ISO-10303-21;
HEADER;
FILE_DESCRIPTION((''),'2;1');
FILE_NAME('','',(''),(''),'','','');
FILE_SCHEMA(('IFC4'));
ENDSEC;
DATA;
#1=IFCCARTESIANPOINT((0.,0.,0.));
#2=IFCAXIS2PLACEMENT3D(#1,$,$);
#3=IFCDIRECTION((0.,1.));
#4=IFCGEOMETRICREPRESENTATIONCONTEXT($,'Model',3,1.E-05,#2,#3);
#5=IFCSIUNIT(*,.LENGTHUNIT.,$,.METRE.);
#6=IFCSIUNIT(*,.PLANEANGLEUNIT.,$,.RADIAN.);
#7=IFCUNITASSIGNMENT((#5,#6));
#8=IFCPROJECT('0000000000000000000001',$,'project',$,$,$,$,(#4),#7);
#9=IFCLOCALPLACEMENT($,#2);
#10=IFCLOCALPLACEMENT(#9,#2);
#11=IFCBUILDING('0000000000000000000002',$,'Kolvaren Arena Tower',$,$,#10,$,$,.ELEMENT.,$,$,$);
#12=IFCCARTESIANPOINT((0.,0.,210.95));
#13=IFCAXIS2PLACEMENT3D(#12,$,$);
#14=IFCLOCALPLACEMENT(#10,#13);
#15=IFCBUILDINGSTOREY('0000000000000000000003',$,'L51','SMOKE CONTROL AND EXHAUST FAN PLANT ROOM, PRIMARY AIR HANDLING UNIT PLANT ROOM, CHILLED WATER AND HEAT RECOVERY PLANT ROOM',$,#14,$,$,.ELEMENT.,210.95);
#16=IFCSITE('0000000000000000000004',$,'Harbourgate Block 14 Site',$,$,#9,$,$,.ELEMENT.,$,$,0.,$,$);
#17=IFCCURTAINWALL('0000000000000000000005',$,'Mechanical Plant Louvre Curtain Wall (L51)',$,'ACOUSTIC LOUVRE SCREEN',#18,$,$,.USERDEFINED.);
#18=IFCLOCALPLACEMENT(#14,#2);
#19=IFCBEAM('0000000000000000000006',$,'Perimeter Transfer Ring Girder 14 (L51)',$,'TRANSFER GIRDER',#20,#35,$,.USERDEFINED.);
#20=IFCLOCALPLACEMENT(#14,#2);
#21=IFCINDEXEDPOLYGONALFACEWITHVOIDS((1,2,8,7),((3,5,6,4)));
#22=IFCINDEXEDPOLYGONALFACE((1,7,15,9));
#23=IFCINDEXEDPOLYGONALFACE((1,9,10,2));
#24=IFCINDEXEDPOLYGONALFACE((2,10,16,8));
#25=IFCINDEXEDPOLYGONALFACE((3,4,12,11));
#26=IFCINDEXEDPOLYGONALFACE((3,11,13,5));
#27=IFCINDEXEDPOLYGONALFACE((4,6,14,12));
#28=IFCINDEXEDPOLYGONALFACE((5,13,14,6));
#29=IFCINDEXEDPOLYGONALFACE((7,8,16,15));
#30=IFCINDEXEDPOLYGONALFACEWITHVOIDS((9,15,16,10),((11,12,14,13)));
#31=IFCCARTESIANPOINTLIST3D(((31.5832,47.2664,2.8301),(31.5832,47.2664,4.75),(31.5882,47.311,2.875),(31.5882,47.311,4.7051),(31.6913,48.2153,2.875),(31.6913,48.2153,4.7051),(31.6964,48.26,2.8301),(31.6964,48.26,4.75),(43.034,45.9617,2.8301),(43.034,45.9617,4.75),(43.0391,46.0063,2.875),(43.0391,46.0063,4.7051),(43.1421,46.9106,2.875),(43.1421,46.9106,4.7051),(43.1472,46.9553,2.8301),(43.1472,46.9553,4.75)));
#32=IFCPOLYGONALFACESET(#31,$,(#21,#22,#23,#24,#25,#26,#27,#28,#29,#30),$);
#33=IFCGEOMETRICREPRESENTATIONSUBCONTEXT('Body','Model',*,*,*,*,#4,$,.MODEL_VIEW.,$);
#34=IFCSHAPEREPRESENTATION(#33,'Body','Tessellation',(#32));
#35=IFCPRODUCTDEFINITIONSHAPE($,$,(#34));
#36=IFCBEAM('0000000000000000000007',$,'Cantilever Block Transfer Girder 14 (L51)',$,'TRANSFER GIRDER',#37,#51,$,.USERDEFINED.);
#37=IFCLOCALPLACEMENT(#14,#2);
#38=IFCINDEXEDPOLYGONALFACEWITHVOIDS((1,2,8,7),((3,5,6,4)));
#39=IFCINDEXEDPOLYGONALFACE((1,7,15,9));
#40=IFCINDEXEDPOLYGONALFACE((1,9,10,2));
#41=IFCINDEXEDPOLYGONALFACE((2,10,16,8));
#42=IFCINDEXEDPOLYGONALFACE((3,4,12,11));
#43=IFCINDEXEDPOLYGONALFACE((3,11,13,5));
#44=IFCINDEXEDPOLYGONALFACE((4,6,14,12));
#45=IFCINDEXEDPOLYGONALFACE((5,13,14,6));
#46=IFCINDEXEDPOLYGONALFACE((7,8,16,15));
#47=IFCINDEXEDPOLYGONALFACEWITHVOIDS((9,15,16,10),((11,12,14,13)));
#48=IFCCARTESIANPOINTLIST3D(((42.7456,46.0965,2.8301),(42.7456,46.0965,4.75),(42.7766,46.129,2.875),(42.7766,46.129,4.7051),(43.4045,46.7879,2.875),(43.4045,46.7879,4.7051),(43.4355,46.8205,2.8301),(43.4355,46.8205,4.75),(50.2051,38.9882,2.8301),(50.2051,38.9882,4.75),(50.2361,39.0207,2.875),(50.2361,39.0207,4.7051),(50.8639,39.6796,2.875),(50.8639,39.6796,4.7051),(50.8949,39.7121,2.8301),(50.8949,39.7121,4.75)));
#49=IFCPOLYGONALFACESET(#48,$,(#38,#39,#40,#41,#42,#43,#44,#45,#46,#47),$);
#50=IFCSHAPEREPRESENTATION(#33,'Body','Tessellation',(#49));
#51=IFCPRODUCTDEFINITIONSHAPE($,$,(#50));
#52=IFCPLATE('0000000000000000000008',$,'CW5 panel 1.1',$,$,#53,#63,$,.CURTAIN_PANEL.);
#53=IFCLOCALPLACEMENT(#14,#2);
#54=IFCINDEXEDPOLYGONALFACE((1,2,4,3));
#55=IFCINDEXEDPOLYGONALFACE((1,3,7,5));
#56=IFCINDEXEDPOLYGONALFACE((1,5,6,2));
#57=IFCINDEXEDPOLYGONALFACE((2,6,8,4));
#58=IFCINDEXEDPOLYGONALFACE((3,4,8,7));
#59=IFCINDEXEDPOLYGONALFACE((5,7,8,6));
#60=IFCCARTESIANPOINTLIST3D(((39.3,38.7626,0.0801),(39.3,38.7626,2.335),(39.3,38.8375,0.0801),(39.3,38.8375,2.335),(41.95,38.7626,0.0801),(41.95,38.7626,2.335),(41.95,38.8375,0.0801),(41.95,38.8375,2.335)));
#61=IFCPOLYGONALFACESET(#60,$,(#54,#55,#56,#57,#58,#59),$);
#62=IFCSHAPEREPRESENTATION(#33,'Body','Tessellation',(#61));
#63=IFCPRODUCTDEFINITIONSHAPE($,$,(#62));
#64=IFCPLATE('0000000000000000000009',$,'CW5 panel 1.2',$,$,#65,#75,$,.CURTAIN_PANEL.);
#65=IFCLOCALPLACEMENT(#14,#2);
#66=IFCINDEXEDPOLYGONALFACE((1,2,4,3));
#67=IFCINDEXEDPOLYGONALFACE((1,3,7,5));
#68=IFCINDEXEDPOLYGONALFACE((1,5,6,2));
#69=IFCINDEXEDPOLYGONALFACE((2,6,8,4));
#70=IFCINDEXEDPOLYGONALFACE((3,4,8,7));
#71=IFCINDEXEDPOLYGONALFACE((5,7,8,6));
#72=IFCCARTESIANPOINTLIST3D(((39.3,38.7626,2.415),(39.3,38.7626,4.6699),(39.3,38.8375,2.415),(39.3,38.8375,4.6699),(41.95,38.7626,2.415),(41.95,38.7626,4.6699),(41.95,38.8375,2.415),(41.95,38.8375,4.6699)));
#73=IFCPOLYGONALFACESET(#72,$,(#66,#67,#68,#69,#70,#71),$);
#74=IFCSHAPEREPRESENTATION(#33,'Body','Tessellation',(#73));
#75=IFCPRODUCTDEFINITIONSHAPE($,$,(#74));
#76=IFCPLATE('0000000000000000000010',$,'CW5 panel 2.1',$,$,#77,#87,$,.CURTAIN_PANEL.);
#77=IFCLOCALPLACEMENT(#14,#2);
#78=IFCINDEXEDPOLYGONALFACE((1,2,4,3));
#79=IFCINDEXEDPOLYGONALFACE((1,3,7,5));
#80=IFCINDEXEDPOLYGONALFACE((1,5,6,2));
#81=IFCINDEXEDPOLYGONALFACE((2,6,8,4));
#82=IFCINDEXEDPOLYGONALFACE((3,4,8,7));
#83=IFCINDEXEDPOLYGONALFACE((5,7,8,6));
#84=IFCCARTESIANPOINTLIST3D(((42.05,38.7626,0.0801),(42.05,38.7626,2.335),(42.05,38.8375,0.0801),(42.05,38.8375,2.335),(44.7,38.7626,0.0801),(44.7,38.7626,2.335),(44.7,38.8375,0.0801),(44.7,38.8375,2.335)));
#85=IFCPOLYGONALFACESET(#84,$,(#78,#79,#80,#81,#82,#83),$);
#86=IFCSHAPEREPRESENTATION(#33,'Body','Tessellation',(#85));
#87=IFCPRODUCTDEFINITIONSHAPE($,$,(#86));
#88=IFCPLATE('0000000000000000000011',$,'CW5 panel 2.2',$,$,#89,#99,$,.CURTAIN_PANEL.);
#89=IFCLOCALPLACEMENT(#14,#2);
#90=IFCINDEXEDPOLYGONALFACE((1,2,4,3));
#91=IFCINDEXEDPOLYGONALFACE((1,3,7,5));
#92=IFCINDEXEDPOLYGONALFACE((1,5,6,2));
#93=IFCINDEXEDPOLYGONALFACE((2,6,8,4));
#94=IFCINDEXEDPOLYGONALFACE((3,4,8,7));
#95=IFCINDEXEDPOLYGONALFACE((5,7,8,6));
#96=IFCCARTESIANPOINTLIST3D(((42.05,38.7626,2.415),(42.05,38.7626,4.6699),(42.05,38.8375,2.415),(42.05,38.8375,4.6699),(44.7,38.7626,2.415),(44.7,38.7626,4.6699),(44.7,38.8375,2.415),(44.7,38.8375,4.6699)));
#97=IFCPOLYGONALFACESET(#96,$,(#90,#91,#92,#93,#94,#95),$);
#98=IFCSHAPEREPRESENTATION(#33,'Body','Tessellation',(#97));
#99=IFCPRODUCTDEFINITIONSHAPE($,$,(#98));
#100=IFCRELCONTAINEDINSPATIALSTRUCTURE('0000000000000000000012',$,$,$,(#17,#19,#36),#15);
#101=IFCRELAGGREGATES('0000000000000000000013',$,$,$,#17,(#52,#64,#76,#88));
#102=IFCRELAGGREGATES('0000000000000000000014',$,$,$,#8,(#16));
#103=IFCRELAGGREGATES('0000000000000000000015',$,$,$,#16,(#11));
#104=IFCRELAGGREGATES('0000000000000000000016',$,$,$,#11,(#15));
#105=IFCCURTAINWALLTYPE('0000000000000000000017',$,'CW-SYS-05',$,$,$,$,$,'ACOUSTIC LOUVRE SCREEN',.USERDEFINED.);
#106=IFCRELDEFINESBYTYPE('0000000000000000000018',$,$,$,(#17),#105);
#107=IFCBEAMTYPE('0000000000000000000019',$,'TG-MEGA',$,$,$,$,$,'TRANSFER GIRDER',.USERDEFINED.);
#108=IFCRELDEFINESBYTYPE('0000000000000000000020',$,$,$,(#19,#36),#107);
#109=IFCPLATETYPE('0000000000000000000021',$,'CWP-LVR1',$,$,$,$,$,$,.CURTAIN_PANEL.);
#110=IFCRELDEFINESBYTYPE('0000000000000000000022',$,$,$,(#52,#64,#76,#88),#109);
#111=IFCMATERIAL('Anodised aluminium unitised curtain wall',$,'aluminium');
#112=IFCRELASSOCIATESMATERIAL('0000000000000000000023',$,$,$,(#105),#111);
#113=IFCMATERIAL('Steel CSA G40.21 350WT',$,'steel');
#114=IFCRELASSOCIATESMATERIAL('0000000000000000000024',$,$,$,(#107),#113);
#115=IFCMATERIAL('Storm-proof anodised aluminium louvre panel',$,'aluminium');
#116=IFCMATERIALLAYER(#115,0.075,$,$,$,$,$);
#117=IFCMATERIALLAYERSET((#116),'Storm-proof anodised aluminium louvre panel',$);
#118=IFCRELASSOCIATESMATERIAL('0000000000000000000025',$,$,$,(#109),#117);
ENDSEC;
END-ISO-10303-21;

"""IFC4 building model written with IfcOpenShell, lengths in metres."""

from ifc_helpers import new_model, si_unit, direction, frame, origin, origin_2d, place, context, subcontext, project, spatial, rectangle, hollow_rectangle, extrude, material, layer, layer_set, material_profile, profile_set, type_object, element, aggregate, save


model = new_model("IFC4")

# Units and contexts
model_context = context("Model", 3, precision=1e-05, world=origin(), true_north=direction((0.0, 1.0)))
body_context = subcontext(model_context, "Body", "Model", "MODEL_VIEW")
ifc_project = project(units=[si_unit("LENGTHUNIT", "METRE"), si_unit("PLANEANGLEUNIT", "RADIAN")], contexts=[model_context])

# Site, building, storey
site_placement = place(None, origin())
site = spatial("IfcSite", under=ifc_project, at=site_placement, Name="Harbourgate Block 14 Site", CompositionType="ELEMENT", RefElevation=0.0)
building_placement = place(site_placement, origin())
building = spatial("IfcBuilding", under=site, at=building_placement, Name="Kolvaren Arena Tower", CompositionType="ELEMENT")
storey_placement = place(building_placement, frame((0.0, 0.0, 210.95)))
storey = spatial("IfcBuildingStorey", under=building, at=storey_placement, Name="L51", Description="SMOKE CONTROL AND EXHAUST FAN PLANT ROOM, PRIMARY AIR HANDLING UNIT PLANT ROOM, CHILLED WATER AND HEAT RECOVERY PLANT ROOM", CompositionType="ELEMENT", Elevation=210.95)

# Curtain wall
ifc_material_1 = material(Name="Anodised aluminium unitised curtain wall", Category="aluminium")
curtain_wall_type = type_object("IfcCurtainWallType", Name="CW-SYS-05", ElementType="ACOUSTIC LOUVRE SCREEN", PredefinedType="USERDEFINED", material=ifc_material_1)
curtain_wall_placement = place(storey_placement, origin())
curtain_wall = element("IfcCurtainWall", 1, at=curtain_wall_placement, inside=storey, type_object=curtain_wall_type, Name="Mechanical Plant Louvre Curtain Wall (L51)", ObjectType="ACOUSTIC LOUVRE SCREEN", PredefinedType="USERDEFINED")

# Beams
ifc_material_2 = material(Name="Steel CSA G40.21 350WT", Category="steel")
ifc_material_profile_1 = material_profile(ifc_material_2, hollow_rectangle(XDim=1.0, YDim=1.9199, WallThickness=0.0449, at=origin_2d()), Name="BOX 1000x1920x45")
ifc_profile_set_1 = profile_set([ifc_material_profile_1], Name="Steel CSA G40.21 350WT")
beam_type_1 = type_object("IfcBeamType", Name="TG-MEGA", ElementType="TRANSFER GIRDER", PredefinedType="USERDEFINED", material=ifc_profile_set_1)
beam_1_placement = place(storey_placement, frame((43.0906, 46.4585, 3.79), z_axis=(-0.993572, 0.113205, 0.0), x_axis=(-0.113205, -0.993572, 0.0)))
element("IfcBeam", 2, at=beam_1_placement, inside=storey, type_object=beam_type_1, Name="Perimeter Transfer Ring Girder 14 (L51)", ObjectType="TRANSFER GIRDER", PredefinedType="USERDEFINED", context=body_context, shape_type="SweptSolid", body=[
    extrude(hollow_rectangle(XDim=1.0, YDim=1.9199, WallThickness=0.0449, at=origin_2d()), origin(), (0.0, 0.0, 1.0), 11.5249),
])
beam_2_placement = place(storey_placement, frame((43.0906, 46.4585, 3.79), z_axis=(0.723937, -0.689866, 0.0), x_axis=(0.689866, 0.723937, 0.0)))
element("IfcBeam", 3, at=beam_2_placement, inside=storey, type_object=beam_type_1, Name="Cantilever Block Transfer Girder 14 (L51)", ObjectType="TRANSFER GIRDER", PredefinedType="USERDEFINED", context=body_context, shape_type="SweptSolid", body=[
    extrude(hollow_rectangle(XDim=1.0, YDim=1.9199, WallThickness=0.0449, at=origin_2d()), origin(), (0.0, 0.0, 1.0), 10.304),
])

# Plates
ifc_material_3 = material(Name="Storm-proof anodised aluminium louvre panel", Category="aluminium")
ifc_layer = layer(ifc_material_3, 0.075)
ifc_layer_set = layer_set([ifc_layer], Name="Storm-proof anodised aluminium louvre panel")
plate_type = type_object("IfcPlateType", Name="CWP-LVR1", PredefinedType="CURTAIN_PANEL", material=ifc_layer_set)
plate_1_placement = place(storey_placement, frame((40.625, 38.8, 0.0801), z_axis=(0.0, 0.0, 1.0), x_axis=(1.0, 0.0, 0.0)))
plate_1 = element("IfcPlate", 4, at=plate_1_placement, type_object=plate_type, Name="CW5 panel 1.1", PredefinedType="CURTAIN_PANEL", context=body_context, shape_type="SweptSolid", body=[
    extrude(rectangle(XDim=2.6499, YDim=0.075, at=origin_2d()), origin(), (0.0, 0.0, 1.0), 2.2549),
])
plate_2_placement = place(storey_placement, frame((40.625, 38.8, 2.415), z_axis=(0.0, 0.0, 1.0), x_axis=(1.0, 0.0, 0.0)))
plate_2 = element("IfcPlate", 5, at=plate_2_placement, type_object=plate_type, Name="CW5 panel 1.2", PredefinedType="CURTAIN_PANEL", context=body_context, shape_type="SweptSolid", body=[
    extrude(rectangle(XDim=2.6499, YDim=0.075, at=origin_2d()), origin(), (0.0, 0.0, 1.0), 2.2549),
])
plate_3_placement = place(storey_placement, frame((43.375, 38.8, 0.0801), z_axis=(0.0, 0.0, 1.0), x_axis=(1.0, 0.0, 0.0)))
plate_3 = element("IfcPlate", 6, at=plate_3_placement, type_object=plate_type, Name="CW5 panel 2.1", PredefinedType="CURTAIN_PANEL", context=body_context, shape_type="SweptSolid", body=[
    extrude(rectangle(XDim=2.6499, YDim=0.075, at=origin_2d()), origin(), (0.0, 0.0, 1.0), 2.2549),
])
plate_4_placement = place(storey_placement, frame((43.375, 38.8, 2.415), z_axis=(0.0, 0.0, 1.0), x_axis=(1.0, 0.0, 0.0)))
plate_4 = element("IfcPlate", 7, at=plate_4_placement, type_object=plate_type, Name="CW5 panel 2.2", PredefinedType="CURTAIN_PANEL", context=body_context, shape_type="SweptSolid", body=[
    extrude(rectangle(XDim=2.6499, YDim=0.075, at=origin_2d()), origin(), (0.0, 0.0, 1.0), 2.2549),
])
aggregate(curtain_wall, [plate_1, plate_2, plate_3, plate_4])

save(model, "model.ifc")
